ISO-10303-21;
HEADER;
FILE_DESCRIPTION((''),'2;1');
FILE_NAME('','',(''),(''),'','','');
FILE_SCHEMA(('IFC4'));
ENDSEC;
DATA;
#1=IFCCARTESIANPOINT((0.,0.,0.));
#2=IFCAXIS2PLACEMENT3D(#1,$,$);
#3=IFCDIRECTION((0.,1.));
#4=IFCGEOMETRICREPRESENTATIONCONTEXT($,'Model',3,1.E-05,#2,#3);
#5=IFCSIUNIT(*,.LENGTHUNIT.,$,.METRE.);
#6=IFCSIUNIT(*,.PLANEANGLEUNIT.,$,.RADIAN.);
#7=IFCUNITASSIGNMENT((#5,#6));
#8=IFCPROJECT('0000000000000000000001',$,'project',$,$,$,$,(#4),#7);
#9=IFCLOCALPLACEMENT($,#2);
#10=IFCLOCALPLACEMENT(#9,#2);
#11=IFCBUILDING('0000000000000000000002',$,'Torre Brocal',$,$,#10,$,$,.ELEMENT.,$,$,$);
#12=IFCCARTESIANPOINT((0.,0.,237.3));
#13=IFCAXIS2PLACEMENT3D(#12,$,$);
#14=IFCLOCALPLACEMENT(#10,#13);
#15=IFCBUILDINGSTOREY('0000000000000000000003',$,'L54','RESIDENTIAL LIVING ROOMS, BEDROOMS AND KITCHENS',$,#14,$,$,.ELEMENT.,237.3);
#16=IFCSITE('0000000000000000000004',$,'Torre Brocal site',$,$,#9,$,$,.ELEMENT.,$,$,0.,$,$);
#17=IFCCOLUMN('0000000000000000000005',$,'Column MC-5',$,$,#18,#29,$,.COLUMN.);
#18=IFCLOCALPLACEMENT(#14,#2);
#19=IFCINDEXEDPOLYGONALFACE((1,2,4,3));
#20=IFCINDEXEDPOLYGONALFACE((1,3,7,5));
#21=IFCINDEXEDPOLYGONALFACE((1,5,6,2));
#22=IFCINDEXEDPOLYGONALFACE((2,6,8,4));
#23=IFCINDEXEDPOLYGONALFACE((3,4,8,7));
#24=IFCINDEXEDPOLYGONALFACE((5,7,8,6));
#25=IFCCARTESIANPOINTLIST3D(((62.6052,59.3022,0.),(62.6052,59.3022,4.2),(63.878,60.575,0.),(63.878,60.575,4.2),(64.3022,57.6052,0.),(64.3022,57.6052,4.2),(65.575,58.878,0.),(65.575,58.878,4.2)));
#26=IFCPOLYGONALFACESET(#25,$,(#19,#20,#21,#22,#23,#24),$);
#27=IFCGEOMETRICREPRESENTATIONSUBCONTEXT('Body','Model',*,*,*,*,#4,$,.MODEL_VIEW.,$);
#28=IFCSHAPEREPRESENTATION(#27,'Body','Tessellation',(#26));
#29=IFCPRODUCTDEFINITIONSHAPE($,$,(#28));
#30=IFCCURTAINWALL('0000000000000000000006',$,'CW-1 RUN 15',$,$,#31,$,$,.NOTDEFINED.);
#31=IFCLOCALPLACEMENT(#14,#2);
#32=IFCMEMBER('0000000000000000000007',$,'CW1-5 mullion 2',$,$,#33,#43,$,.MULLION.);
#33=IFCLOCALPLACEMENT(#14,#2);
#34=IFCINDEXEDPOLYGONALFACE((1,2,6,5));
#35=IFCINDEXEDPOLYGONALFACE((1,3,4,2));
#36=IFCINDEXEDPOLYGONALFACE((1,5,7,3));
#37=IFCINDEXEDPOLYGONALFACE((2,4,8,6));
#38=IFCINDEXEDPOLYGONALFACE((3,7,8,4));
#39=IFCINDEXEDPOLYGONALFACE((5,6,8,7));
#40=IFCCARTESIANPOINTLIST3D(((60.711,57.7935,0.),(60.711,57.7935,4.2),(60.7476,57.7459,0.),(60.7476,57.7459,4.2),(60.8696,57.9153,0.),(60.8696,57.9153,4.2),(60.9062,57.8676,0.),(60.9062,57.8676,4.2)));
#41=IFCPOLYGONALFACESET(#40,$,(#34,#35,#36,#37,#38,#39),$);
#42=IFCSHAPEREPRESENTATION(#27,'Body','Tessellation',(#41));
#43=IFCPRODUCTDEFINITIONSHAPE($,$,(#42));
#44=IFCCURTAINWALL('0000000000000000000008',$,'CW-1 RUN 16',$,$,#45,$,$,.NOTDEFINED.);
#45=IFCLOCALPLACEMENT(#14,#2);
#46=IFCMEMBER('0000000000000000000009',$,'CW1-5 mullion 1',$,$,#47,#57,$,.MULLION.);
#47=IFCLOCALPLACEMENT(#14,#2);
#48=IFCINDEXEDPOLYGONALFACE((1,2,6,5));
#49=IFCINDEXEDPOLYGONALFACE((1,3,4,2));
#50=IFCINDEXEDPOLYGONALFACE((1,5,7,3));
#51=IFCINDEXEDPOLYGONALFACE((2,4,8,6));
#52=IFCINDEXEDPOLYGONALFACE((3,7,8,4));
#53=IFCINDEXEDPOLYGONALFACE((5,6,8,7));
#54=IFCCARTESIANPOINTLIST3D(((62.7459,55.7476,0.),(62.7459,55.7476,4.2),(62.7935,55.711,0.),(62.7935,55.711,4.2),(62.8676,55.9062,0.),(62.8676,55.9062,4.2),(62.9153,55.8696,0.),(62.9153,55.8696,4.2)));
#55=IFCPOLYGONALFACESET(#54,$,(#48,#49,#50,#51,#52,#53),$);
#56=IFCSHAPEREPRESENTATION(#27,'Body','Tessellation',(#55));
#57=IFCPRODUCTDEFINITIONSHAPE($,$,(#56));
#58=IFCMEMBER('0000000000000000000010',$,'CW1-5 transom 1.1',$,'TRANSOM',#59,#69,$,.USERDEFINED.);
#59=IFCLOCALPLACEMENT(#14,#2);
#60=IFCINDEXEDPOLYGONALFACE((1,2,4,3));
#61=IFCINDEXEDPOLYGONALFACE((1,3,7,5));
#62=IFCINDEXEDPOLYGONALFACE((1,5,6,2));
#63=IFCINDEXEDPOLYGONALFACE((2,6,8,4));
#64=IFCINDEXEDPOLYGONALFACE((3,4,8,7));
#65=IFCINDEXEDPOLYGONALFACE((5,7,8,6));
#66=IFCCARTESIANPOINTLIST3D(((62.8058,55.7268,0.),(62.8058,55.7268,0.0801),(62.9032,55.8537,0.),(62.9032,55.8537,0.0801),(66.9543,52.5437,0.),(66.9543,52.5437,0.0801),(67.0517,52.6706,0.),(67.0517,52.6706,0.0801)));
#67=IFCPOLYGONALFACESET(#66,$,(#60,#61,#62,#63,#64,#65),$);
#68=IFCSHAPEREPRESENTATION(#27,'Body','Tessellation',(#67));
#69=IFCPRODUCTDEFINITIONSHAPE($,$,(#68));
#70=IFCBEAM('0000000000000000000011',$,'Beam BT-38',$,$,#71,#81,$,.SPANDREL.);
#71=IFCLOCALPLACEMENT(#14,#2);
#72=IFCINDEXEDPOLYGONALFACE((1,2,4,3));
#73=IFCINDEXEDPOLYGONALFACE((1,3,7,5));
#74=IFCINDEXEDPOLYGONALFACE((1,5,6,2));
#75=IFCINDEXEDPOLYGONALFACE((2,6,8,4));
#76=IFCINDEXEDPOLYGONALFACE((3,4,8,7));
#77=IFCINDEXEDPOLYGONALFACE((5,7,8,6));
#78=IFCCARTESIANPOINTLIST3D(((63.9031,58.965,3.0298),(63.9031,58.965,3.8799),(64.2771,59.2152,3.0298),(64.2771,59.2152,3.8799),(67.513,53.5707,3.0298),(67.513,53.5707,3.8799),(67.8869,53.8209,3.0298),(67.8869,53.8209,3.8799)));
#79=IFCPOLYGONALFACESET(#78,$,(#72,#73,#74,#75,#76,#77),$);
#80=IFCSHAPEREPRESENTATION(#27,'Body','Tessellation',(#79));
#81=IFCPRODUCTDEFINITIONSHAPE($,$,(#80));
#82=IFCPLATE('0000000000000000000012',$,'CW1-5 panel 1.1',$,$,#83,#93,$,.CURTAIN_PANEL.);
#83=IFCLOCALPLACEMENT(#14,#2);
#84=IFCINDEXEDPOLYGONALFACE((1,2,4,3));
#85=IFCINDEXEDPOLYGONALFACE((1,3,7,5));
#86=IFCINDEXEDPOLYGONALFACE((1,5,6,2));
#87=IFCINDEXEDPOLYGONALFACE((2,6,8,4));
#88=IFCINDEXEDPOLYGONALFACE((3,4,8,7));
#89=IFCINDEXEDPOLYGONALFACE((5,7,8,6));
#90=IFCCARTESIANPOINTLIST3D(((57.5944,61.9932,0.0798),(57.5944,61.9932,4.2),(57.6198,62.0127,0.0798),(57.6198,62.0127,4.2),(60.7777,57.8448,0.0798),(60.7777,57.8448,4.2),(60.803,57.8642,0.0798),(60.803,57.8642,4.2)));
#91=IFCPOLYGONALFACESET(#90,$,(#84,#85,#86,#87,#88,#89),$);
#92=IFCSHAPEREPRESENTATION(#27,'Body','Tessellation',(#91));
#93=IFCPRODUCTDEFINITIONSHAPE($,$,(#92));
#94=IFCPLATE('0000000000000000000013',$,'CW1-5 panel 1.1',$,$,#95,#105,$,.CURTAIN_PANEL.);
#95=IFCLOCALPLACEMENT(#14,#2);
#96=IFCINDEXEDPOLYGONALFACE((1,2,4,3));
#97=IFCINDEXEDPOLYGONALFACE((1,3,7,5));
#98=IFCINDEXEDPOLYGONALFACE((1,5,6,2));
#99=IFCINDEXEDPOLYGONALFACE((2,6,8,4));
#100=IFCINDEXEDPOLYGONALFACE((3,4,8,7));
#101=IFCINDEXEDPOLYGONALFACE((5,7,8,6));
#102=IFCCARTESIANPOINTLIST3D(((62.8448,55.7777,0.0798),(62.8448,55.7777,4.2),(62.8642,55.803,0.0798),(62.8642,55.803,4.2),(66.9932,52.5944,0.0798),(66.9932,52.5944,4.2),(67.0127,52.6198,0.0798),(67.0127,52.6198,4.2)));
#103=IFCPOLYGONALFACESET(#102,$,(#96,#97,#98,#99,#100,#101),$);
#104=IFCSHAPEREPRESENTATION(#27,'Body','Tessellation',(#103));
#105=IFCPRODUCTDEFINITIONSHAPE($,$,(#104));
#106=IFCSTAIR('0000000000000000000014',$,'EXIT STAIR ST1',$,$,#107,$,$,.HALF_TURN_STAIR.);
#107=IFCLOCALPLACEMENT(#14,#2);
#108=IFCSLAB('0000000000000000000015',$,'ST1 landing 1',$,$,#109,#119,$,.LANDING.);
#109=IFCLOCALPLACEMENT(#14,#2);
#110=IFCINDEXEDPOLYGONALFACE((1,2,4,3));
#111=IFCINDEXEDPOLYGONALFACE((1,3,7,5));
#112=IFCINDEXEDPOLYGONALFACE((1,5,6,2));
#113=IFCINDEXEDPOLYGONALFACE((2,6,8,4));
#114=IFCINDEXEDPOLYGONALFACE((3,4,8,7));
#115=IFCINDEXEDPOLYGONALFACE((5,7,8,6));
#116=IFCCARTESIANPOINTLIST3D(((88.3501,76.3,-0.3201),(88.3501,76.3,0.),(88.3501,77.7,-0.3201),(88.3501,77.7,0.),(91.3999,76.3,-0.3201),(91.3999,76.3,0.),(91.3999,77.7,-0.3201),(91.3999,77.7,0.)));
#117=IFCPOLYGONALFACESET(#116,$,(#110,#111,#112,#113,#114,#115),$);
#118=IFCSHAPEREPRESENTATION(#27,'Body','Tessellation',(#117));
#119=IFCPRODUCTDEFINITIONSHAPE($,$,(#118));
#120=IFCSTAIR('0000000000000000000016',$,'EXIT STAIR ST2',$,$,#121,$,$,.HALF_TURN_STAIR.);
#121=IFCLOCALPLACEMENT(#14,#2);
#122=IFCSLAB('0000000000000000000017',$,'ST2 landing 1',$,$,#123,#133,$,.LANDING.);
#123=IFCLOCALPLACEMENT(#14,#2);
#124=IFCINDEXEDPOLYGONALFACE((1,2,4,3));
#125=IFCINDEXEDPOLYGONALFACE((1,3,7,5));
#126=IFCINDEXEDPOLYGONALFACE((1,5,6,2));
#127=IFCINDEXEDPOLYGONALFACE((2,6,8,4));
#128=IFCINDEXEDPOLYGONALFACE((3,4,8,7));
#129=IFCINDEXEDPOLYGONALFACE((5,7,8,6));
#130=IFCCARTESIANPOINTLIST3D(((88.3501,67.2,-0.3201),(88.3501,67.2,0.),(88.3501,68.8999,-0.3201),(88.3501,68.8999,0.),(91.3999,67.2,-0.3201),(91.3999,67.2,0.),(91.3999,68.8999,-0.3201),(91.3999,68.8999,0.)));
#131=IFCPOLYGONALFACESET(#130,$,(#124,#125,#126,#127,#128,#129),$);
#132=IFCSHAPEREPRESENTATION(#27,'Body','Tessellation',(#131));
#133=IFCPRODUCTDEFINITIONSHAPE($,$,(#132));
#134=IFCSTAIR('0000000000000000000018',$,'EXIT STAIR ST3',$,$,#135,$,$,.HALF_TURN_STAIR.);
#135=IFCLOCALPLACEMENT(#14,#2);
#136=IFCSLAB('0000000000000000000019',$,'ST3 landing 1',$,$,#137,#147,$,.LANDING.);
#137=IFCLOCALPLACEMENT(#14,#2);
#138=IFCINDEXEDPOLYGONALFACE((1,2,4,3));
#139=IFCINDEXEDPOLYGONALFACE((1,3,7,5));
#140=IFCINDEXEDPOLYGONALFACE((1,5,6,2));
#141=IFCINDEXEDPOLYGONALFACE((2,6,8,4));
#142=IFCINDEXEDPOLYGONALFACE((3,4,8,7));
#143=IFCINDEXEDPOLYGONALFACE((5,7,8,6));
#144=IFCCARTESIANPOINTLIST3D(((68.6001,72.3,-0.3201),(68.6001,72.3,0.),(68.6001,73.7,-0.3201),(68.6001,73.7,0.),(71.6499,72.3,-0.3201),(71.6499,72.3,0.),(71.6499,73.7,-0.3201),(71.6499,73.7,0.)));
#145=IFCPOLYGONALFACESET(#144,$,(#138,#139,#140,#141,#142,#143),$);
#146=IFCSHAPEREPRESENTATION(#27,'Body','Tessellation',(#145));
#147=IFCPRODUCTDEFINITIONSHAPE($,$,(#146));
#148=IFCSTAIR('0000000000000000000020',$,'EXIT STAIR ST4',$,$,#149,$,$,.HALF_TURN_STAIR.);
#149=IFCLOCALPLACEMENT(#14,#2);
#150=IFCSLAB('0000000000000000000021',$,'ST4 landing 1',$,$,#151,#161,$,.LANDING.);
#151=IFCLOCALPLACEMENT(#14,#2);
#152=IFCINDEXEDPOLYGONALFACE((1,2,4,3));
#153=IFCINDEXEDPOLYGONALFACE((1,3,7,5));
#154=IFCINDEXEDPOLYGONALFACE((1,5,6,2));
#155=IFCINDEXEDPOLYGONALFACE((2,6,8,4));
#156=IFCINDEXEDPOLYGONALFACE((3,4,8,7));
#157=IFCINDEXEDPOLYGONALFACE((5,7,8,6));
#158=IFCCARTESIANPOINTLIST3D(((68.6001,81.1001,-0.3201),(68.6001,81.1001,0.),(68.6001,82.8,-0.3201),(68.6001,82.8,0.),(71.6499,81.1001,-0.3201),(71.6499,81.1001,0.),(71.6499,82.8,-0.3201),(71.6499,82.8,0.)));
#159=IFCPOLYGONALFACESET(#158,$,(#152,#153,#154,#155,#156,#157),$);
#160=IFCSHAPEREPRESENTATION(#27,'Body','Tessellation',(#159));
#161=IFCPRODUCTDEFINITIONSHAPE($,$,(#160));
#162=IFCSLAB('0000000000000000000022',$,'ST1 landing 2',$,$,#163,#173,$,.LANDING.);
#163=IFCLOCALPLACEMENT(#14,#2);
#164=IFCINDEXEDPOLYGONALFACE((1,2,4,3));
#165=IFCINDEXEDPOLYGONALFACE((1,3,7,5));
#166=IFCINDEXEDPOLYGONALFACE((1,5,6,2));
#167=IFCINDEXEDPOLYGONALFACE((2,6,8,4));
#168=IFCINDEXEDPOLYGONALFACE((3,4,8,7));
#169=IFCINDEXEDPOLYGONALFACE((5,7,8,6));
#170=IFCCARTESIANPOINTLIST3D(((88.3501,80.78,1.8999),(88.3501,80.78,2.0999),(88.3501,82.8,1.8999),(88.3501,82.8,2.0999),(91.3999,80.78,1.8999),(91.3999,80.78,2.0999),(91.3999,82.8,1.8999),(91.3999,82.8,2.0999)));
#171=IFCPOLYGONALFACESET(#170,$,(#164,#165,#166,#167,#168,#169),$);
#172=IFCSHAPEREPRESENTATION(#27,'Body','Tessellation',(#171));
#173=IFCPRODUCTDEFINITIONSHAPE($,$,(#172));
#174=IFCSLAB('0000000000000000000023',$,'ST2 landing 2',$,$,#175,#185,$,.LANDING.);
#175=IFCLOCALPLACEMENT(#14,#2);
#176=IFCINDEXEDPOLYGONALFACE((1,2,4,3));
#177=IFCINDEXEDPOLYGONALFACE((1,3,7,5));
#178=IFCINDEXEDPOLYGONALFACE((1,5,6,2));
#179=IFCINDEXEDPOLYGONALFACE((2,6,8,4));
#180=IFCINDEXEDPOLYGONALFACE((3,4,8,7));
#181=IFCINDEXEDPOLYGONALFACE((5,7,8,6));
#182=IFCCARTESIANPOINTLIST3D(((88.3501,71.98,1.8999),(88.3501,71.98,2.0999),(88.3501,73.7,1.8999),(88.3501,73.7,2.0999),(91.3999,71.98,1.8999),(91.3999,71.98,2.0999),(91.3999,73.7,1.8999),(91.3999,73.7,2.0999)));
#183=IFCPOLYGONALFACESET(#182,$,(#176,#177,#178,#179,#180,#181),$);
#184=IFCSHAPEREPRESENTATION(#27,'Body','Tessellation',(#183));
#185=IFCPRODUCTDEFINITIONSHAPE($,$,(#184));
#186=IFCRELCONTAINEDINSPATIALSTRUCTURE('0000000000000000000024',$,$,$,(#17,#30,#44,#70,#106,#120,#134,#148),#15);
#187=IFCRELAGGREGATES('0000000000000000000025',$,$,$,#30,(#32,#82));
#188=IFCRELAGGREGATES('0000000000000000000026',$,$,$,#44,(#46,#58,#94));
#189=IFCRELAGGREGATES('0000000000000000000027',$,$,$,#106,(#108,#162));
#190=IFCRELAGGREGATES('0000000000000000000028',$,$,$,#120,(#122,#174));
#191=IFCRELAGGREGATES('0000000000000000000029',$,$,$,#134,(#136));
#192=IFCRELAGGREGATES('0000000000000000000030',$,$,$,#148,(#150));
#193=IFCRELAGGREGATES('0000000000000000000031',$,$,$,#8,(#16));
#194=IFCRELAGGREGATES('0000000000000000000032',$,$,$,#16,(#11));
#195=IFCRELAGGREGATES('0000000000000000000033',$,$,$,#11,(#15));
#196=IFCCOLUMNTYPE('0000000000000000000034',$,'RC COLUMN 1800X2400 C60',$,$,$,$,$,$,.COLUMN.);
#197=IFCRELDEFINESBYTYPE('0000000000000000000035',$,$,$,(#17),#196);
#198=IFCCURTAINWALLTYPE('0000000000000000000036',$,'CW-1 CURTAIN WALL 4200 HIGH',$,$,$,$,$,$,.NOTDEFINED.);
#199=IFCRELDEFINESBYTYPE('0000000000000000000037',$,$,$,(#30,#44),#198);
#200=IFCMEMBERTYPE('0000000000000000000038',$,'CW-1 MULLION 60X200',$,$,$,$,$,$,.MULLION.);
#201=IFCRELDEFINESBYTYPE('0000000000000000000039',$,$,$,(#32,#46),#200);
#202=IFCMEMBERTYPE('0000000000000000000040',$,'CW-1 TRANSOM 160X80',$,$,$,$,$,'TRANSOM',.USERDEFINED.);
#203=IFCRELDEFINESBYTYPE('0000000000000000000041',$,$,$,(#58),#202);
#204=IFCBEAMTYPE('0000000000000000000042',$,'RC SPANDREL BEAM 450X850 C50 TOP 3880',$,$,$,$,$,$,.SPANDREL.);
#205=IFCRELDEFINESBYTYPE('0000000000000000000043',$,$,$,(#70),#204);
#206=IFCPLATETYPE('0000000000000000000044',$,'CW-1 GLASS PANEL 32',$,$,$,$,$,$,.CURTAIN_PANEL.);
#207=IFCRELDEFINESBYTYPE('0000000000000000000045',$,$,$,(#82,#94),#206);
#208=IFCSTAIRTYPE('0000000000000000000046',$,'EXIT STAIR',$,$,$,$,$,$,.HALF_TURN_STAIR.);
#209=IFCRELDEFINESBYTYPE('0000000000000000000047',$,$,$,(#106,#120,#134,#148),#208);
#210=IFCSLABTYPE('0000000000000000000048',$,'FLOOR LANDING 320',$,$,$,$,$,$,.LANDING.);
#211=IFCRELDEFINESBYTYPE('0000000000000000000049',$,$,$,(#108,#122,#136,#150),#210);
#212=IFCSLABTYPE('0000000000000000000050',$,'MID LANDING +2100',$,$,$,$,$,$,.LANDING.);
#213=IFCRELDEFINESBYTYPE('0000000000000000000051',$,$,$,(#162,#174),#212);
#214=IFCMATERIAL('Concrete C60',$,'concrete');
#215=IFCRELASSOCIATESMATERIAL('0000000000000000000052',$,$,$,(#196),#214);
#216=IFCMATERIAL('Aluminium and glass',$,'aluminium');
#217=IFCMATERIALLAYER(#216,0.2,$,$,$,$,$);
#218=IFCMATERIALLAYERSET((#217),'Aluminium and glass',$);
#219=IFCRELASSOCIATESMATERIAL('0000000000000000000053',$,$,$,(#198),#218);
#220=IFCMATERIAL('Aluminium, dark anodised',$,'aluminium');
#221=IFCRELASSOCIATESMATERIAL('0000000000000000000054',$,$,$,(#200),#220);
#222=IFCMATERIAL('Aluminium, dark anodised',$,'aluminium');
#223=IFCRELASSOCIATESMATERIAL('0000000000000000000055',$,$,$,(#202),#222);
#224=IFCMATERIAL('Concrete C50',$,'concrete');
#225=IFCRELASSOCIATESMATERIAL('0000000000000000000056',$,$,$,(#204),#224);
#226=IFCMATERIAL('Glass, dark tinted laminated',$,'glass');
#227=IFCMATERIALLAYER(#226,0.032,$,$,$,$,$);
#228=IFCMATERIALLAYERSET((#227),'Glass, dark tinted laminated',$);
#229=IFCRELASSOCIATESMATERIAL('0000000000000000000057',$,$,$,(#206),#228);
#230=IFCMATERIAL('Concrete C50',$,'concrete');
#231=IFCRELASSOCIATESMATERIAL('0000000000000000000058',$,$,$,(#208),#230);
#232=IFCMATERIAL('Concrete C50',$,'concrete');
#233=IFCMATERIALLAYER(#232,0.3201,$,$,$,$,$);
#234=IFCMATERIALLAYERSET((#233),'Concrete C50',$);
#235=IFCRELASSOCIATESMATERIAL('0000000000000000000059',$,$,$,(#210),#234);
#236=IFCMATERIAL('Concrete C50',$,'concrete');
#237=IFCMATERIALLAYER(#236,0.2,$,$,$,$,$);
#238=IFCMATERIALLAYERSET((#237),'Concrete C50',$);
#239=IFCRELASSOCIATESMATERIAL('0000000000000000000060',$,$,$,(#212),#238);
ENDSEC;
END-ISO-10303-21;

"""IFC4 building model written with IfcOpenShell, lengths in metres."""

from ifc_helpers import new_model, si_unit, direction, frame, origin, origin_2d, place, context, subcontext, project, spatial, polyline, rectangle, outline, extrude, material, layer, layer_set, material_profile, profile_set, type_object, element, aggregate, save


model = new_model("IFC4")

# Units and contexts
model_context = context("Model", 3, precision=1e-05, world=origin(), true_north=direction((0.0, 1.0)))
body_context = subcontext(model_context, "Body", "Model", "MODEL_VIEW")
ifc_project = project(units=[si_unit("LENGTHUNIT", "METRE"), si_unit("PLANEANGLEUNIT", "RADIAN")], contexts=[model_context])

# Site, building, storey
site_placement = place(None, origin())
site = spatial("IfcSite", under=ifc_project, at=site_placement, Name="Torre Brocal site", CompositionType="ELEMENT", RefElevation=0.0)
building_placement = place(site_placement, origin())
building = spatial("IfcBuilding", under=site, at=building_placement, Name="Torre Brocal", CompositionType="ELEMENT")
storey_placement = place(building_placement, frame((0.0, 0.0, 237.3)))
storey = spatial("IfcBuildingStorey", under=building, at=storey_placement, Name="L54", Description="RESIDENTIAL LIVING ROOMS, BEDROOMS AND KITCHENS", CompositionType="ELEMENT", Elevation=237.3)

# Column
ifc_material_1 = material(Name="Concrete C60", Category="concrete")
ifc_material_profile_1 = material_profile(ifc_material_1, rectangle(XDim=1.8, YDim=2.3999, at=origin_2d()), Name="RC 1800X2400")
ifc_profile_set_1 = profile_set([ifc_material_profile_1], Name="Concrete C60")
column_type = type_object("IfcColumnType", Name="RC COLUMN 1800X2400 C60", PredefinedType="COLUMN", material=ifc_profile_set_1)
column_placement = place(storey_placement, frame((64.0901, 59.0901, 0.0), z_axis=(0.0, 0.0, 1.0), x_axis=(-0.707107, -0.707107, 0.0)))
element("IfcColumn", 1, at=column_placement, inside=storey, type_object=column_type, Name="Column MC-5", PredefinedType="COLUMN", context=body_context, shape_type="SweptSolid", body=[
    extrude(rectangle(XDim=1.8, YDim=2.3999, at=origin_2d()), origin(), (0.0, 0.0, 1.0), 4.2),
])

# Curtain wall, member
ifc_material_2 = material(Name="Aluminium and glass", Category="aluminium")
ifc_layer_1 = layer(ifc_material_2, 0.2)
ifc_layer_set_1 = layer_set([ifc_layer_1], Name="Aluminium and glass")
curtain_wall_type = type_object("IfcCurtainWallType", Name="CW-1 CURTAIN WALL 4200 HIGH", PredefinedType="NOTDEFINED", material=ifc_layer_set_1)
curtain_wall_1_placement = place(storey_placement, origin())
curtain_wall_1 = element("IfcCurtainWall", 2, at=curtain_wall_1_placement, inside=storey, type_object=curtain_wall_type, Name="CW-1 RUN 15", PredefinedType="NOTDEFINED")
ifc_material_3 = material(Name="Aluminium, dark anodised", Category="aluminium")
ifc_material_profile_2 = material_profile(ifc_material_3, rectangle(XDim=0.2, YDim=0.0601, at=origin_2d()), Name="CW-1 MULLION 60X200")
ifc_profile_set_2 = profile_set([ifc_material_profile_2], Name="Aluminium, dark anodised")
member_type_1 = type_object("IfcMemberType", Name="CW-1 MULLION 60X200", PredefinedType="MULLION", material=ifc_profile_set_2)
member_1_placement = place(storey_placement, frame((60.8086, 57.8306, 0.0), z_axis=(0.0, 0.0, 1.0), x_axis=(0.793353, 0.608761, 0.0)))
member_1 = element("IfcMember", 3, at=member_1_placement, type_object=member_type_1, Name="CW1-5 mullion 2", PredefinedType="MULLION", context=body_context, shape_type="SweptSolid", body=[
    extrude(rectangle(XDim=0.2, YDim=0.0601, at=origin_2d()), origin(), (0.0, 0.0, 1.0), 4.2),
])

# Curtain wall, members
curtain_wall_2_placement = place(storey_placement, origin())
curtain_wall_2 = element("IfcCurtainWall", 4, at=curtain_wall_2_placement, inside=storey, type_object=curtain_wall_type, Name="CW-1 RUN 16", PredefinedType="NOTDEFINED")
member_2_placement = place(storey_placement, frame((62.8306, 55.8086, 0.0), z_axis=(0.0, 0.0, 1.0), x_axis=(0.608761, 0.793353, 0.0)))
member_2 = element("IfcMember", 5, at=member_2_placement, type_object=member_type_1, Name="CW1-5 mullion 1", PredefinedType="MULLION", context=body_context, shape_type="SweptSolid", body=[
    extrude(rectangle(XDim=0.2, YDim=0.0601, at=origin_2d()), origin(), (0.0, 0.0, 1.0), 4.2),
])
ifc_material_4 = material(Name="Aluminium, dark anodised", Category="aluminium")
ifc_material_profile_3 = material_profile(ifc_material_4, rectangle(XDim=0.1599, YDim=0.0801, at=origin_2d()), Name="CW-1 TRANSOM 160X80")
ifc_profile_set_3 = profile_set([ifc_material_profile_3], Name="Aluminium, dark anodised")
member_type_2 = type_object("IfcMemberType", Name="CW-1 TRANSOM 160X80", ElementType="TRANSOM", PredefinedType="USERDEFINED", material=ifc_profile_set_3)
member_3_placement = place(storey_placement, frame((62.8545, 55.7903, 0.04), z_axis=(0.793363, -0.608749, 0.0), x_axis=(0.608749, 0.793363, 0.0)))
member_3 = element("IfcMember", 6, at=member_3_placement, type_object=member_type_2, Name="CW1-5 transom 1.1", ObjectType="TRANSOM", PredefinedType="USERDEFINED", context=body_context, shape_type="SweptSolid", body=[
    extrude(rectangle(XDim=0.1599, YDim=0.0801, at=origin_2d()), origin(), (0.0, 0.0, 1.0), 5.229),
])

# Beam
ifc_material_5 = material(Name="Concrete C50", Category="concrete")
ifc_material_profile_4 = material_profile(ifc_material_5, rectangle(XDim=0.45, YDim=0.8501, at=origin_2d()), Name="RC 450X850")
ifc_profile_set_4 = profile_set([ifc_material_profile_4], Name="Concrete C50")
beam_type = type_object("IfcBeamType", Name="RC SPANDREL BEAM 450X850 C50 TOP 3880", PredefinedType="SPANDREL", material=ifc_profile_set_4)
beam_placement = place(storey_placement, frame((64.0901, 59.0901, 3.4548), z_axis=(0.556158, -0.831077, 0.0), x_axis=(0.831077, 0.556158, 0.0)))
element("IfcBeam", 7, at=beam_placement, inside=storey, type_object=beam_type, Name="Beam BT-38", PredefinedType="SPANDREL", context=body_context, shape_type="SweptSolid", body=[
    extrude(rectangle(XDim=0.45, YDim=0.8501, at=origin_2d()), origin(), (0.0, 0.0, 1.0), 6.4907),
])

# Plates
ifc_material_6 = material(Name="Glass, dark tinted laminated", Category="glass")
ifc_layer_2 = layer(ifc_material_6, 0.032)
ifc_layer_set_2 = layer_set([ifc_layer_2], Name="Glass, dark tinted laminated")
plate_type = type_object("IfcPlateType", Name="CW-1 GLASS PANEL 32", PredefinedType="CURTAIN_PANEL", material=ifc_layer_set_2)
plate_1_placement = place(storey_placement, frame((59.1987, 59.9287, 0.0798), z_axis=(0.0, 0.0, 1.0), x_axis=(0.608761, -0.793353, 0.0)))
plate_1 = element("IfcPlate", 8, at=plate_1_placement, type_object=plate_type, Name="CW1-5 panel 1.1", PredefinedType="CURTAIN_PANEL", context=body_context, shape_type="SweptSolid", body=[
    extrude(rectangle(XDim=5.229, YDim=0.032, at=origin_2d()), origin(), (0.0, 0.0, 1.0), 4.1201),
])
aggregate(curtain_wall_1, [member_1, plate_1])
plate_2_placement = place(storey_placement, frame((64.9287, 54.1987, 0.0798), z_axis=(0.0, 0.0, 1.0), x_axis=(0.793353, -0.608761, 0.0)))
plate_2 = element("IfcPlate", 9, at=plate_2_placement, type_object=plate_type, Name="CW1-5 panel 1.1", PredefinedType="CURTAIN_PANEL", context=body_context, shape_type="SweptSolid", body=[
    extrude(rectangle(XDim=5.229, YDim=0.032, at=origin_2d()), origin(), (0.0, 0.0, 1.0), 4.1201),
])
aggregate(curtain_wall_2, [member_2, member_3, plate_2])

# Stairs, slabs
ifc_material_7 = material(Name="Concrete C50", Category="concrete")
stair_type = type_object("IfcStairType", Name="EXIT STAIR", PredefinedType="HALF_TURN_STAIR", material=ifc_material_7)
stair_1_placement = place(storey_placement, origin())
stair_1 = element("IfcStair", 10, at=stair_1_placement, inside=storey, type_object=stair_type, Name="EXIT STAIR ST1", PredefinedType="HALF_TURN_STAIR")
ifc_material_8 = material(Name="Concrete C50", Category="concrete")
ifc_layer_3 = layer(ifc_material_8, 0.3201)
ifc_layer_set_3 = layer_set([ifc_layer_3], Name="Concrete C50")
slab_type_1 = type_object("IfcSlabType", Name="FLOOR LANDING 320", PredefinedType="LANDING", material=ifc_layer_set_3)
slab_1_placement = place(storey_placement, frame((0.0, 0.0, -0.3201)))
slab_1 = element("IfcSlab", 11, at=slab_1_placement, type_object=slab_type_1, Name="ST1 landing 1", PredefinedType="LANDING", context=body_context, shape_type="SweptSolid", body=[
    extrude(outline(polyline([(88.3501, 76.3), (91.3999, 76.3), (91.3999, 77.7), (88.3501, 77.7), (88.3501, 76.3)])), origin(), (0.0, 0.0, 1.0), 0.3201),
])
stair_2_placement = place(storey_placement, origin())
stair_2 = element("IfcStair", 12, at=stair_2_placement, inside=storey, type_object=stair_type, Name="EXIT STAIR ST2", PredefinedType="HALF_TURN_STAIR")
slab_2_placement = place(storey_placement, frame((0.0, 0.0, -0.3201)))
slab_2 = element("IfcSlab", 13, at=slab_2_placement, type_object=slab_type_1, Name="ST2 landing 1", PredefinedType="LANDING", context=body_context, shape_type="SweptSolid", body=[
    extrude(outline(polyline([(88.3501, 67.2), (91.3999, 67.2), (91.3999, 68.8999), (88.3501, 68.8999), (88.3501, 67.2)])), origin(), (0.0, 0.0, 1.0), 0.3201),
])
stair_3_placement = place(storey_placement, origin())
stair_3 = element("IfcStair", 14, at=stair_3_placement, inside=storey, type_object=stair_type, Name="EXIT STAIR ST3", PredefinedType="HALF_TURN_STAIR")
slab_3_placement = place(storey_placement, frame((0.0, 0.0, -0.3201)))
slab_3 = element("IfcSlab", 15, at=slab_3_placement, type_object=slab_type_1, Name="ST3 landing 1", PredefinedType="LANDING", context=body_context, shape_type="SweptSolid", body=[
    extrude(outline(polyline([(71.6499, 73.7), (68.6001, 73.7), (68.6001, 72.3), (71.6499, 72.3), (71.6499, 73.7)])), origin(), (0.0, 0.0, 1.0), 0.3201),
])
stair_4_placement = place(storey_placement, origin())
stair_4 = element("IfcStair", 16, at=stair_4_placement, inside=storey, type_object=stair_type, Name="EXIT STAIR ST4", PredefinedType="HALF_TURN_STAIR")
slab_4_placement = place(storey_placement, frame((0.0, 0.0, -0.3201)))
slab_4 = element("IfcSlab", 17, at=slab_4_placement, type_object=slab_type_1, Name="ST4 landing 1", PredefinedType="LANDING", context=body_context, shape_type="SweptSolid", body=[
    extrude(outline(polyline([(71.6499, 82.8), (68.6001, 82.8), (68.6001, 81.1001), (71.6499, 81.1001), (71.6499, 82.8)])), origin(), (0.0, 0.0, 1.0), 0.3201),
])

# Slabs
ifc_material_9 = material(Name="Concrete C50", Category="concrete")
ifc_layer_4 = layer(ifc_material_9, 0.2)
ifc_layer_set_4 = layer_set([ifc_layer_4], Name="Concrete C50")
slab_type_2 = type_object("IfcSlabType", Name="MID LANDING +2100", PredefinedType="LANDING", material=ifc_layer_set_4)
slab_5_placement = place(storey_placement, frame((0.0, 0.0, 1.8999)))
slab_5 = element("IfcSlab", 18, at=slab_5_placement, type_object=slab_type_2, Name="ST1 landing 2", PredefinedType="LANDING", context=body_context, shape_type="SweptSolid", body=[
    extrude(outline(polyline([(88.3501, 80.78), (91.3999, 80.78), (91.3999, 82.8), (88.3501, 82.8), (88.3501, 80.78)])), origin(), (0.0, 0.0, 1.0), 0.2),
])
aggregate(stair_1, [slab_1, slab_5])
slab_6_placement = place(storey_placement, frame((0.0, 0.0, 1.8999)))
slab_6 = element("IfcSlab", 19, at=slab_6_placement, type_object=slab_type_2, Name="ST2 landing 2", PredefinedType="LANDING", context=body_context, shape_type="SweptSolid", body=[
    extrude(outline(polyline([(88.3501, 71.98), (91.3999, 71.98), (91.3999, 73.7), (88.3501, 73.7), (88.3501, 71.98)])), origin(), (0.0, 0.0, 1.0), 0.2),
])
aggregate(stair_2, [slab_2, slab_6])
aggregate(stair_3, [slab_3])
aggregate(stair_4, [slab_4])

save(model, "model.ifc")
